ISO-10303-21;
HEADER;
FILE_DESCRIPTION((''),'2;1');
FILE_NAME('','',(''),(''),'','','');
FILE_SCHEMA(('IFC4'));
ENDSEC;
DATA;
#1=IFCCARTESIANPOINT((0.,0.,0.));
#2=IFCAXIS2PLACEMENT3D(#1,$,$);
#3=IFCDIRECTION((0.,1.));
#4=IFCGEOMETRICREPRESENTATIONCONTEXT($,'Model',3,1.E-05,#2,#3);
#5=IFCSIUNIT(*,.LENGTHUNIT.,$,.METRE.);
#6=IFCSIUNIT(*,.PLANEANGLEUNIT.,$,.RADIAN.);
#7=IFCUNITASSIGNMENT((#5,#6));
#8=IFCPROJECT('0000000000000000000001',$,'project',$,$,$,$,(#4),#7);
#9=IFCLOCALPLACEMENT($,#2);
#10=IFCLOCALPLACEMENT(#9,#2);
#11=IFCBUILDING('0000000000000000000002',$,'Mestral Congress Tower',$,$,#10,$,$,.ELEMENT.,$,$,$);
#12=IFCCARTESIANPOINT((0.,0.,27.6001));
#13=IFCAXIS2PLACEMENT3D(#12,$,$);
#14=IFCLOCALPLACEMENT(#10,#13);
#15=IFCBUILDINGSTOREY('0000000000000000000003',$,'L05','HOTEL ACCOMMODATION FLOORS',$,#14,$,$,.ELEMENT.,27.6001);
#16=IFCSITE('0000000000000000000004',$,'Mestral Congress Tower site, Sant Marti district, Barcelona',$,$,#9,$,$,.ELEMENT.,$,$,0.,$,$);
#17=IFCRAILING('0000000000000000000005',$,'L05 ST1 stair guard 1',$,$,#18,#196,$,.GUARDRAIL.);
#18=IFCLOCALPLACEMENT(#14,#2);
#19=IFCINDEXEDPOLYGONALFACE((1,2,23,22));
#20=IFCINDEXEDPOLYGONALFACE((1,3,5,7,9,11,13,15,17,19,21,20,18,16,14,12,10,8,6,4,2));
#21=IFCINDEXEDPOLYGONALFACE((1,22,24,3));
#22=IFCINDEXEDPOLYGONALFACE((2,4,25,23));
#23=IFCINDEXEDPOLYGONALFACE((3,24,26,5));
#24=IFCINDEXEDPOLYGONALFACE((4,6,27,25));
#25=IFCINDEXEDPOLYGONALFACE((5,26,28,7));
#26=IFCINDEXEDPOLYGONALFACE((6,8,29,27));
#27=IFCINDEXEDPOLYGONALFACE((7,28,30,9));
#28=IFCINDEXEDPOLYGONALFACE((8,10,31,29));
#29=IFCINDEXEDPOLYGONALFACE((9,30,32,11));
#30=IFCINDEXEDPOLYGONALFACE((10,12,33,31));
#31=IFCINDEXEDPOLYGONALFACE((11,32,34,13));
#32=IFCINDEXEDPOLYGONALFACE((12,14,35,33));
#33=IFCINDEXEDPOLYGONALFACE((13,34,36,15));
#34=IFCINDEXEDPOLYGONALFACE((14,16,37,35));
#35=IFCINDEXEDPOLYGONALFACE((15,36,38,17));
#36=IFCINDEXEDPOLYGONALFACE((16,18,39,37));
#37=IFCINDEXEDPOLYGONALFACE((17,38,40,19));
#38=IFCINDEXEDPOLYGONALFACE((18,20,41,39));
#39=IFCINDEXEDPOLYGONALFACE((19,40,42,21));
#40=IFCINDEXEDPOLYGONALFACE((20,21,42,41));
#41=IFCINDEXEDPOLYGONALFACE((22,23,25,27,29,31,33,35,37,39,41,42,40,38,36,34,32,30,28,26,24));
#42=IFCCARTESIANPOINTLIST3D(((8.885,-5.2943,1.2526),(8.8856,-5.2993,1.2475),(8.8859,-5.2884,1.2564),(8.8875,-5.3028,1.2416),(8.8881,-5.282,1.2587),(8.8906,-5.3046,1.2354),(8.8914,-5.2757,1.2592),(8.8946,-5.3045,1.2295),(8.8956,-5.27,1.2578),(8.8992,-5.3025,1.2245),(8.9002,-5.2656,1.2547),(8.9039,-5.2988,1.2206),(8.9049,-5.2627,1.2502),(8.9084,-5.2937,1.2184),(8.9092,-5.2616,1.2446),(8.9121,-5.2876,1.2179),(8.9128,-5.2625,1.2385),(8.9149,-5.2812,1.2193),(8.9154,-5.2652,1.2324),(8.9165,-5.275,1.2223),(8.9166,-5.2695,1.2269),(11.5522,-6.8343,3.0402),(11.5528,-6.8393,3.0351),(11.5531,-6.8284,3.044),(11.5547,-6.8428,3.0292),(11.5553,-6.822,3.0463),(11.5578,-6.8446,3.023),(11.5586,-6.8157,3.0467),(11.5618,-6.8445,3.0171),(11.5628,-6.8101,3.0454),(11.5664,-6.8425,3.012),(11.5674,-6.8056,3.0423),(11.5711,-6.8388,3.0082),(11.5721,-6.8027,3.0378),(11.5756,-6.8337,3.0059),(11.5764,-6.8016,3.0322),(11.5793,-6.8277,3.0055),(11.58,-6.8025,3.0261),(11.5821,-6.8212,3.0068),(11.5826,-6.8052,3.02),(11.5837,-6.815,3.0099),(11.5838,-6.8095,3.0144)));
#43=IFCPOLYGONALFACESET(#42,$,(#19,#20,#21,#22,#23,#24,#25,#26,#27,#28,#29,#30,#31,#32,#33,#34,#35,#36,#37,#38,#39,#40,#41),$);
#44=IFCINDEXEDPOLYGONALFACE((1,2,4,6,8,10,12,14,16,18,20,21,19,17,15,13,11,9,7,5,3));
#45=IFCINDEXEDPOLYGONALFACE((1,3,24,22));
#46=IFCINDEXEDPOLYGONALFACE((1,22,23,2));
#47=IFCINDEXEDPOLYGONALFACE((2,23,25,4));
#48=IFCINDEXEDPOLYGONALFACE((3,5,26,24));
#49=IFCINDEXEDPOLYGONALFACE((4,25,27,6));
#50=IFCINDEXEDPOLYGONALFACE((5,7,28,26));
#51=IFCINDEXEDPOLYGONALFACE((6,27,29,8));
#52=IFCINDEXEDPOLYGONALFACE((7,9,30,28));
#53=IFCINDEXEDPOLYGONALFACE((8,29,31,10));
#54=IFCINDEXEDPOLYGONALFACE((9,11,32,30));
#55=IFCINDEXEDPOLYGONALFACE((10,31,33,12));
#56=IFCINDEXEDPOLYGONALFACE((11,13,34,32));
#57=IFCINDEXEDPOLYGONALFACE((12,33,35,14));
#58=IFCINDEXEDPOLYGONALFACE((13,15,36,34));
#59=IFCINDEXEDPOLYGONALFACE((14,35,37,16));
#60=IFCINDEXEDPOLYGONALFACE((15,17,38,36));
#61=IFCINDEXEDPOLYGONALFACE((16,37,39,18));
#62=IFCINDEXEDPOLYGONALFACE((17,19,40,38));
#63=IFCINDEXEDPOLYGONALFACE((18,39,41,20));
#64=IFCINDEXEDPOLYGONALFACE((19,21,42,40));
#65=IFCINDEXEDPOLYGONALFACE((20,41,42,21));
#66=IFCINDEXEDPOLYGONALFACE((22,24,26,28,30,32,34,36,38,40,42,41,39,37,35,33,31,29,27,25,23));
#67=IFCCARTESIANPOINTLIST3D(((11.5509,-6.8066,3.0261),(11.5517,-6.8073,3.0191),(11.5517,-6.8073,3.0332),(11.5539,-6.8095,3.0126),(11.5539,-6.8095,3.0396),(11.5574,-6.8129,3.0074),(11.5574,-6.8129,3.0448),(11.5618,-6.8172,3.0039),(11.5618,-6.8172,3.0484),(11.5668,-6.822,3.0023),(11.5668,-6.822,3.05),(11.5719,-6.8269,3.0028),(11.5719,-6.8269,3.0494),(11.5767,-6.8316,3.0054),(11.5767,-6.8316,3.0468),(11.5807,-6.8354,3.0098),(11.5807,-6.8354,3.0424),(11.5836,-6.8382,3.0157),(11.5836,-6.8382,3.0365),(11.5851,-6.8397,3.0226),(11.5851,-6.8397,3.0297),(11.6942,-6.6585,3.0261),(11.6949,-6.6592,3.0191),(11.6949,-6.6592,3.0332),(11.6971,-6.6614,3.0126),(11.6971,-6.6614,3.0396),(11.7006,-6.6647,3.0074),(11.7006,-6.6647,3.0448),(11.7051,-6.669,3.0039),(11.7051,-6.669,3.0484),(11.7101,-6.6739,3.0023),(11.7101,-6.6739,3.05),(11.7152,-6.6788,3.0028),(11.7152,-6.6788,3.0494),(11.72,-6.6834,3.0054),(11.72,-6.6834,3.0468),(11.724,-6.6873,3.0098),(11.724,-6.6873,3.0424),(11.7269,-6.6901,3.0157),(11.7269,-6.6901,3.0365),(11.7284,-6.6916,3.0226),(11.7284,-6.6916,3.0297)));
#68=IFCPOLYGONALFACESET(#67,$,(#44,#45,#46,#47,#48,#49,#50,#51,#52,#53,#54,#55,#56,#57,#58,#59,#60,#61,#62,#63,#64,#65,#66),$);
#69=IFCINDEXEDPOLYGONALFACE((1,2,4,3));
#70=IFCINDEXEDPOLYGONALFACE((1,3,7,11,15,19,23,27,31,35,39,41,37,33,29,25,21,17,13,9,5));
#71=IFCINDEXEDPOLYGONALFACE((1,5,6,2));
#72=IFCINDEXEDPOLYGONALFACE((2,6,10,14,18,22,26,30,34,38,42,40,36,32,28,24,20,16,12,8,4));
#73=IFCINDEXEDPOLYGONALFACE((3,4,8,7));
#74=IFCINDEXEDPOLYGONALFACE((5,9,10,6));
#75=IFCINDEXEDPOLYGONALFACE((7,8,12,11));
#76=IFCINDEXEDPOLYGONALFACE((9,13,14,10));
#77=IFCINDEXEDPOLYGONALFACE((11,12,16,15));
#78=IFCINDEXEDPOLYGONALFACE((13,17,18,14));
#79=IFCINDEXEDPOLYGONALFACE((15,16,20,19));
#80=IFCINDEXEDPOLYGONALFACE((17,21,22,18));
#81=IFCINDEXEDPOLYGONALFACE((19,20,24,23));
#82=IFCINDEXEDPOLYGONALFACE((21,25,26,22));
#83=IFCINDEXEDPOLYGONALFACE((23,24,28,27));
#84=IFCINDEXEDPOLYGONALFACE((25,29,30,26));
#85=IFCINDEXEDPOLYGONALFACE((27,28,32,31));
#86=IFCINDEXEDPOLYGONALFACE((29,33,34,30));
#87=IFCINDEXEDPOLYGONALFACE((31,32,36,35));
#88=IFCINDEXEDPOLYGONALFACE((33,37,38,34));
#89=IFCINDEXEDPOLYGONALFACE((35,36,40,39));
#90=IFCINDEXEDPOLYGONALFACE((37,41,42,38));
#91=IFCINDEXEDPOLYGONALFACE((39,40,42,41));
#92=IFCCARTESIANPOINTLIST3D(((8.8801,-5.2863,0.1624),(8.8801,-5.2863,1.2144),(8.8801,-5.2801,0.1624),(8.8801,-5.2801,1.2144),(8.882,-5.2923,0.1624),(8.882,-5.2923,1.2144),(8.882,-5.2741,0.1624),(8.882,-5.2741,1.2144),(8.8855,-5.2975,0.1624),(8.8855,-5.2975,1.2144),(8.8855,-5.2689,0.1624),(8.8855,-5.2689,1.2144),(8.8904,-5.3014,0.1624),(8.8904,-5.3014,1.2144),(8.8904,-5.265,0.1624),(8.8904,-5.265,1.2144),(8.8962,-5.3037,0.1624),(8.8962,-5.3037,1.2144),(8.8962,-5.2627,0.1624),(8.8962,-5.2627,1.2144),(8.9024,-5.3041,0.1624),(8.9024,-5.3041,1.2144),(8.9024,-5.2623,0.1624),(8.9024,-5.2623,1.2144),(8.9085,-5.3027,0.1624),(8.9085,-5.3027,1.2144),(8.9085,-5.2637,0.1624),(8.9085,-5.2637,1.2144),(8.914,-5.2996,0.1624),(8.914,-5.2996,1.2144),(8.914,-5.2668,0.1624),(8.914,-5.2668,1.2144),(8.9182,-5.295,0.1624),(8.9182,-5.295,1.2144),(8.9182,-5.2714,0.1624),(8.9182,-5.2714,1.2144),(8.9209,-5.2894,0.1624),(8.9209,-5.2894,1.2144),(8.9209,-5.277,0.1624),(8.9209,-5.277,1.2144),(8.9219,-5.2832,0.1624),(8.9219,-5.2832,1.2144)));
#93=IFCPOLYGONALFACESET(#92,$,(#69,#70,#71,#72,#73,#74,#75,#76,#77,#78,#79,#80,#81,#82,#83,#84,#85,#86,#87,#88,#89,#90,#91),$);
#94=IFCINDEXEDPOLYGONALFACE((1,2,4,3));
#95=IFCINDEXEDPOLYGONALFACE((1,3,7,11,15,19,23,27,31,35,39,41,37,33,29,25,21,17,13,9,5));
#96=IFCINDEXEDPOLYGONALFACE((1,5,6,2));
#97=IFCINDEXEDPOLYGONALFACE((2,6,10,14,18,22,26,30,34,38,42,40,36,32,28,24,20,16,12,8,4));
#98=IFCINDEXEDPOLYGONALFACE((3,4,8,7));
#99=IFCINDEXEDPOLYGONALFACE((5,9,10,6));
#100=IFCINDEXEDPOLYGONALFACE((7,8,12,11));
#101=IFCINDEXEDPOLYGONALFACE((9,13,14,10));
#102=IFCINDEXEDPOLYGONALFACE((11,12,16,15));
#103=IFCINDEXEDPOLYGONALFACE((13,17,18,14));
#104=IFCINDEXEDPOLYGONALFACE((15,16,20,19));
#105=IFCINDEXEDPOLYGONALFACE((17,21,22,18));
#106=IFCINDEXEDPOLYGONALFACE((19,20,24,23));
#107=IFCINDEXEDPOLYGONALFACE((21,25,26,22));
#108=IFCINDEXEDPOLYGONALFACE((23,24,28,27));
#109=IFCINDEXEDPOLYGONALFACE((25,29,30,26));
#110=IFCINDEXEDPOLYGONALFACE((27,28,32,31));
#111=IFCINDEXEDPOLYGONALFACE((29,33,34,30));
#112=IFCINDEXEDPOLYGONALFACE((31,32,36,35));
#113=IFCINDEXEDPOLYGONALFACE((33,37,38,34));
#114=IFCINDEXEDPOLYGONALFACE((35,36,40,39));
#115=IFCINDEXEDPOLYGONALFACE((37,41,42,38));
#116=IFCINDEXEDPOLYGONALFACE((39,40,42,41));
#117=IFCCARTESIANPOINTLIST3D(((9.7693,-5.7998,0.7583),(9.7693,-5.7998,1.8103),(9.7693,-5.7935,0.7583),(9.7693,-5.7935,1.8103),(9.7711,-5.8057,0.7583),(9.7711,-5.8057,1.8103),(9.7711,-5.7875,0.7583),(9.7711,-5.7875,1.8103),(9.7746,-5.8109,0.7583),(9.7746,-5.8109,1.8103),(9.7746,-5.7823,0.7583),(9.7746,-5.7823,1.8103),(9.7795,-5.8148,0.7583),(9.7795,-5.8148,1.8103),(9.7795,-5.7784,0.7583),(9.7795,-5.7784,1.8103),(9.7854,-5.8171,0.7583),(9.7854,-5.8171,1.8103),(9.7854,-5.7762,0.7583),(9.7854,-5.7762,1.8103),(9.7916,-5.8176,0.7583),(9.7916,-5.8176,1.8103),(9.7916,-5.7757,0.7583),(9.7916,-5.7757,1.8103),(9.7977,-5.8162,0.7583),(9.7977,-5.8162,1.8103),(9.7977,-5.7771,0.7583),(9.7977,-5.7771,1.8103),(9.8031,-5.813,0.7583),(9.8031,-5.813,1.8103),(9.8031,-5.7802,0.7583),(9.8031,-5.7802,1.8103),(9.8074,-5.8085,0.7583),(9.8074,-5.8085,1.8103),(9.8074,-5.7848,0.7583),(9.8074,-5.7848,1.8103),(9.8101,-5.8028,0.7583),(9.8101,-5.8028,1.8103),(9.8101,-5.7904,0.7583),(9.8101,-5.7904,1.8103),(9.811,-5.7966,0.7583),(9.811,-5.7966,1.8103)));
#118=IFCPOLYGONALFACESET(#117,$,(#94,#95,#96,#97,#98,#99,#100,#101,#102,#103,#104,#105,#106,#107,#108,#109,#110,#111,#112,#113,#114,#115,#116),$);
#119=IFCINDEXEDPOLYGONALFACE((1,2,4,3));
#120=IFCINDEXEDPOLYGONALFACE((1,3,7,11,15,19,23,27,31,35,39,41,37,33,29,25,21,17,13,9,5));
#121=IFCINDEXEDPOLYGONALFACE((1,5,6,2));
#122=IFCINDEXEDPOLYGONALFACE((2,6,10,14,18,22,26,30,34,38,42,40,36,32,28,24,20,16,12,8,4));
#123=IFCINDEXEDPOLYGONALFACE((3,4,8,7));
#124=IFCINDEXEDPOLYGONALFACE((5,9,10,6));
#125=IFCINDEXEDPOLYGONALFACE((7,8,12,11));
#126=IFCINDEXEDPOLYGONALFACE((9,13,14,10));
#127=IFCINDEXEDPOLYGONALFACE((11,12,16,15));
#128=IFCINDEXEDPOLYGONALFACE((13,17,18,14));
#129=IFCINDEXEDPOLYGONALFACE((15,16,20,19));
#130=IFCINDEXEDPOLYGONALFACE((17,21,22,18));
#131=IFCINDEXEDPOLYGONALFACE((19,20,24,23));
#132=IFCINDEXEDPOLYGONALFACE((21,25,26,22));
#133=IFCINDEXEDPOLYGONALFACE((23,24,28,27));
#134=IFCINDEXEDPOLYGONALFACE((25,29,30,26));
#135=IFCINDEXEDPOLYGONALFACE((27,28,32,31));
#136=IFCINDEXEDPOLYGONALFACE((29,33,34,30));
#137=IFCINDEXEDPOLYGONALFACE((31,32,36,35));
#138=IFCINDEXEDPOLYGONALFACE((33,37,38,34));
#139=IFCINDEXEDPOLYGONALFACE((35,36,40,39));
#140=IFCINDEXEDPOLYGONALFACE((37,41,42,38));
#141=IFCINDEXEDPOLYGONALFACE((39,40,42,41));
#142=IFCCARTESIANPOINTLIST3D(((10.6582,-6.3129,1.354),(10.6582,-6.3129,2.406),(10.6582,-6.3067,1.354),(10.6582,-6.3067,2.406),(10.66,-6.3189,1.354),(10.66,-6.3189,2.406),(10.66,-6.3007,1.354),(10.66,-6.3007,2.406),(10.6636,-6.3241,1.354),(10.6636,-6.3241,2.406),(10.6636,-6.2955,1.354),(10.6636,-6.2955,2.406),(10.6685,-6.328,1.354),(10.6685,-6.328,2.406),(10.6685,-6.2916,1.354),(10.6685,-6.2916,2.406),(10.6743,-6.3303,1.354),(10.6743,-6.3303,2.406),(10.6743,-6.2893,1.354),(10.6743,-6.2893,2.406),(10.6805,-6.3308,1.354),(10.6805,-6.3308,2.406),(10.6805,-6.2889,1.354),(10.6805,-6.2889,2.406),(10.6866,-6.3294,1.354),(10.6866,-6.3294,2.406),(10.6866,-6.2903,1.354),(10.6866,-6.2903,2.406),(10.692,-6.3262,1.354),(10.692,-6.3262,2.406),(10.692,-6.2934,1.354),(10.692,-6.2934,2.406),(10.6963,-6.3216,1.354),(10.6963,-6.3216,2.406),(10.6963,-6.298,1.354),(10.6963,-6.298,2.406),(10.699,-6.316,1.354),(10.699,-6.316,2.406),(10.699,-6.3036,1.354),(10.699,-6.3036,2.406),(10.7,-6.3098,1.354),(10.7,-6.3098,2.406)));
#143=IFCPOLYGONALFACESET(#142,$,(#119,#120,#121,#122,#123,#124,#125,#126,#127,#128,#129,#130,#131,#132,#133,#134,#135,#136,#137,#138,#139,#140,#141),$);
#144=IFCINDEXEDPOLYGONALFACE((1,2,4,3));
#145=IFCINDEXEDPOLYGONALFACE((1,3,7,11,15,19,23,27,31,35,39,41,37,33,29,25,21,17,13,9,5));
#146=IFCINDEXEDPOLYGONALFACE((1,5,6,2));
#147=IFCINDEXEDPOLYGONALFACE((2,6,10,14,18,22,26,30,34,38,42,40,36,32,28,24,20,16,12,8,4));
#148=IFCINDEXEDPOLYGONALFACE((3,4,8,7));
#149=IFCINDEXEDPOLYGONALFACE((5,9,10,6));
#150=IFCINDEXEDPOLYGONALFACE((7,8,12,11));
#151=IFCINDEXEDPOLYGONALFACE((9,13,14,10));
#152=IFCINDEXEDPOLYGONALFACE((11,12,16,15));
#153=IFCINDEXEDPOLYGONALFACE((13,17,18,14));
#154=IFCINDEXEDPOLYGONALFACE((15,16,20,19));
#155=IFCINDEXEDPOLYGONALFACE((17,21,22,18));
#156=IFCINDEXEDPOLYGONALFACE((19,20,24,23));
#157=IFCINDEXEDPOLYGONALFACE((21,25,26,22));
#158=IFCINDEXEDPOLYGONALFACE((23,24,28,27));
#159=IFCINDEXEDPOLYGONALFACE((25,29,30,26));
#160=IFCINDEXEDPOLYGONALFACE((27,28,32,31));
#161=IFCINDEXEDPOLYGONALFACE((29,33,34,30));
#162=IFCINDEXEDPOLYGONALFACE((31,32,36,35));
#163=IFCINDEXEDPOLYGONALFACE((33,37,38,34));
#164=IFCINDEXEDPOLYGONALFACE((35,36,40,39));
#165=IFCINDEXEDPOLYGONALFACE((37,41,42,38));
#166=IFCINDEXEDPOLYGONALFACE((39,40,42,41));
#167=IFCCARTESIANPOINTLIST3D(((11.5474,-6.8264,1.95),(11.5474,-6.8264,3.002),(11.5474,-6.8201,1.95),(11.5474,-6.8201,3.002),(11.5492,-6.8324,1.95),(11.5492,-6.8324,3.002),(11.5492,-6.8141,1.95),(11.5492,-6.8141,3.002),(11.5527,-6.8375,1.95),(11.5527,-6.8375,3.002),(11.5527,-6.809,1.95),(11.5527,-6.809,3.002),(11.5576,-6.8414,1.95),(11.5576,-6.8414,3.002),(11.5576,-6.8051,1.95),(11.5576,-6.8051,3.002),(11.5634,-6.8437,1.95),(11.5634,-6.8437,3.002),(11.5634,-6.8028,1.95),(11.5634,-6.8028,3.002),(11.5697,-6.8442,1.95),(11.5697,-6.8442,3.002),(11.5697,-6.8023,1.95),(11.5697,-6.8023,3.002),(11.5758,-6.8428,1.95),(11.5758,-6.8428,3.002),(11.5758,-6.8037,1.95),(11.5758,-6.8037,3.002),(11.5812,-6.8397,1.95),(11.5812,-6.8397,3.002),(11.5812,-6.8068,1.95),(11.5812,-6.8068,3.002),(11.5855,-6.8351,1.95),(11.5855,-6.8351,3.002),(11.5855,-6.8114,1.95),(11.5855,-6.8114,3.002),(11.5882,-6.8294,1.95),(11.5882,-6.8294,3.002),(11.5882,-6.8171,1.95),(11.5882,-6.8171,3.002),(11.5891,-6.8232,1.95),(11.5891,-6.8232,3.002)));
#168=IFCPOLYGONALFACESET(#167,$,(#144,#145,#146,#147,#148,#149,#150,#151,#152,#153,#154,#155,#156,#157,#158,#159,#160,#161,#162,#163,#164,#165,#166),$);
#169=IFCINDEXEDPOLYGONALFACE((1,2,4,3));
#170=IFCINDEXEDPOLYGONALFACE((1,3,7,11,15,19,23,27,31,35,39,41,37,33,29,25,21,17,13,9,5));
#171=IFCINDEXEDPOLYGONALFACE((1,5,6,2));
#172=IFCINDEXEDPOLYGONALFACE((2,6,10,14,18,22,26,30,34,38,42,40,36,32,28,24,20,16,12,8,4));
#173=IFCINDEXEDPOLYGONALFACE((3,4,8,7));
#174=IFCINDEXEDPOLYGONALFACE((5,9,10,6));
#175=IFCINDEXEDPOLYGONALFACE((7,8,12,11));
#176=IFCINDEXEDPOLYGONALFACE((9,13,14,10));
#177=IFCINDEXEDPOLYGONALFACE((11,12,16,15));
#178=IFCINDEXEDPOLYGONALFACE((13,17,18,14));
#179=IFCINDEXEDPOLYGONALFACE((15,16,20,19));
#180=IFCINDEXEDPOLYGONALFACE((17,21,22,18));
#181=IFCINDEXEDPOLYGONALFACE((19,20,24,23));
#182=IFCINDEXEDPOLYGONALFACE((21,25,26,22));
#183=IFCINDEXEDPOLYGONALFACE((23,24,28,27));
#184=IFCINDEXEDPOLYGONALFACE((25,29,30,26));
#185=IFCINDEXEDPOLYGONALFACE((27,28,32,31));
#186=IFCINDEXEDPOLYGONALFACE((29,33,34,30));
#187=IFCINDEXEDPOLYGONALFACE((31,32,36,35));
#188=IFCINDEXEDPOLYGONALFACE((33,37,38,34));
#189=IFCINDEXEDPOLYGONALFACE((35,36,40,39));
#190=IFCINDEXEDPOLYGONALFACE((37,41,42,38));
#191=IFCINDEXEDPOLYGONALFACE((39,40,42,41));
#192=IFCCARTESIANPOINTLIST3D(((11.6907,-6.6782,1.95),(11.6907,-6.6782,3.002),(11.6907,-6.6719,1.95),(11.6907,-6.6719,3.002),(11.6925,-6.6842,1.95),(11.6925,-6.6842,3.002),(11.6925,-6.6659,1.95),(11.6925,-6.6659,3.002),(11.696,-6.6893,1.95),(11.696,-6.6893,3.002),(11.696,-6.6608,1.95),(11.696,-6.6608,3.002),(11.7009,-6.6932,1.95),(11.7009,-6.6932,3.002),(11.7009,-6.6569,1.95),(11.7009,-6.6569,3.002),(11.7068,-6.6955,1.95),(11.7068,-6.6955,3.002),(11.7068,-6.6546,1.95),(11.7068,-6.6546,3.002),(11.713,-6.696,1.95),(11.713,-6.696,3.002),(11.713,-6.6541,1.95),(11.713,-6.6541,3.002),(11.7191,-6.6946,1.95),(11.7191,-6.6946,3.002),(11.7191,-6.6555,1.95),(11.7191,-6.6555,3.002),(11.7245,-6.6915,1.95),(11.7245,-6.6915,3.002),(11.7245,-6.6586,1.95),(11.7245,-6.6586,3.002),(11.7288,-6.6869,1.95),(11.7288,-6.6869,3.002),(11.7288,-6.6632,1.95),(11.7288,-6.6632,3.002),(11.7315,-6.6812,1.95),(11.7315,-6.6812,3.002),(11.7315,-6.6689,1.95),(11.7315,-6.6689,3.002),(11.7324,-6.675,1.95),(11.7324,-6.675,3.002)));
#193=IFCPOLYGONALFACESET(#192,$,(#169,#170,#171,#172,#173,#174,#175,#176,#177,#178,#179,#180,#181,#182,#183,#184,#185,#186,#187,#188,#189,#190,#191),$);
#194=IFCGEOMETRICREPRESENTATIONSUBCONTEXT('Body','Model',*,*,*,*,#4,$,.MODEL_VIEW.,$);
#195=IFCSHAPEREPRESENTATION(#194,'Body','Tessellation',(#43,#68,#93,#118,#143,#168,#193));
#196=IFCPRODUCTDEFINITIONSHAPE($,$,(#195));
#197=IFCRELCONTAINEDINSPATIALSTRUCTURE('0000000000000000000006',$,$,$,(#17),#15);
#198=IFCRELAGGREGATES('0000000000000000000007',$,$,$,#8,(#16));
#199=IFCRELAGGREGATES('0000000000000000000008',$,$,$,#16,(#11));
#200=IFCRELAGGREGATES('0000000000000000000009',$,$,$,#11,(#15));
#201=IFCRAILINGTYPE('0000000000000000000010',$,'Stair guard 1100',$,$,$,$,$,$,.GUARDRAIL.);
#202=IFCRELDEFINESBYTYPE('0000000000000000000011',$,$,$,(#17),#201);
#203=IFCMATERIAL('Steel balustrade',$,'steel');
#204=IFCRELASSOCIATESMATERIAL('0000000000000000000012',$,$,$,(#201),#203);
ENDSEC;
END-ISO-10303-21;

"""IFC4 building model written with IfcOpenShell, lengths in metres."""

from ifc_helpers import new_model, si_unit, direction, frame, origin, origin_2d, place, context, subcontext, project, spatial, circle, extrude, material, type_object, element, save


model = new_model("IFC4")

# Units and contexts
model_context = context("Model", 3, precision=1e-05, world=origin(), true_north=direction((0.0, 1.0)))
body_context = subcontext(model_context, "Body", "Model", "MODEL_VIEW")
ifc_project = project(units=[si_unit("LENGTHUNIT", "METRE"), si_unit("PLANEANGLEUNIT", "RADIAN")], contexts=[model_context])

# Site, building, storey
site_placement = place(None, origin())
site = spatial("IfcSite", under=ifc_project, at=site_placement, Name="Mestral Congress Tower site, Sant Marti district, Barcelona", CompositionType="ELEMENT", RefElevation=0.0)
building_placement = place(site_placement, origin())
building = spatial("IfcBuilding", under=site, at=building_placement, Name="Mestral Congress Tower", CompositionType="ELEMENT")
storey_placement = place(building_placement, frame((0.0, 0.0, 27.6001)))
storey = spatial("IfcBuildingStorey", under=building, at=storey_placement, Name="L05", Description="HOTEL ACCOMMODATION FLOORS", CompositionType="ELEMENT", Elevation=27.6001)

# Railing
ifc_material_1 = material(Name="Steel balustrade", Category="steel")
railing_type_1 = type_object("IfcRailingType", Name="Stair guard 1100", PredefinedType="GUARDRAIL", material=ifc_material_1)
railing_1_placement = place(storey_placement, frame((8.9009, -5.2832, 0.1624)))
element("IfcRailing", 1, at=railing_1_placement, inside=storey, type_object=railing_type_1, Name="L05 ST1 stair guard 1", PredefinedType="GUARDRAIL", context=body_context, shape_type="SweptSolid", body=[
    extrude(circle(Radius=0.0239, at=origin_2d()), frame((0.0, 0.0, 1.0762), z_axis=(0.748994, -0.432463, 0.50198), x_axis=(0.500027, 0.86601, 0.0)), (0.0, 0.0, 1.0), 3.561),
    extrude(circle(Radius=0.0239, at=origin_2d()), frame((2.6672, -1.54, 2.8638), z_axis=(0.695165, 0.71885, 0.0), x_axis=(-0.71885, 0.695165, 0.0)), (0.0, 0.0, 1.0), 0.2061),
    extrude(circle(Radius=0.021, at=origin_2d()), origin(), (0.0, 0.0, 1.0), 1.052),
    extrude(circle(Radius=0.021, at=origin_2d()), frame((0.8892, -0.5134, 0.5959)), (0.0, 0.0, 1.0), 1.052),
    extrude(circle(Radius=0.021, at=origin_2d()), frame((1.7781, -1.0266, 1.1917)), (0.0, 0.0, 1.0), 1.052),
    extrude(circle(Radius=0.021, at=origin_2d()), frame((2.6672, -1.54, 1.7876)), (0.0, 0.0, 1.0), 1.052),
    extrude(circle(Radius=0.021, at=origin_2d()), frame((2.8105, -1.3918, 1.7876)), (0.0, 0.0, 1.0), 1.052),
])

save(model, "model.ifc")
